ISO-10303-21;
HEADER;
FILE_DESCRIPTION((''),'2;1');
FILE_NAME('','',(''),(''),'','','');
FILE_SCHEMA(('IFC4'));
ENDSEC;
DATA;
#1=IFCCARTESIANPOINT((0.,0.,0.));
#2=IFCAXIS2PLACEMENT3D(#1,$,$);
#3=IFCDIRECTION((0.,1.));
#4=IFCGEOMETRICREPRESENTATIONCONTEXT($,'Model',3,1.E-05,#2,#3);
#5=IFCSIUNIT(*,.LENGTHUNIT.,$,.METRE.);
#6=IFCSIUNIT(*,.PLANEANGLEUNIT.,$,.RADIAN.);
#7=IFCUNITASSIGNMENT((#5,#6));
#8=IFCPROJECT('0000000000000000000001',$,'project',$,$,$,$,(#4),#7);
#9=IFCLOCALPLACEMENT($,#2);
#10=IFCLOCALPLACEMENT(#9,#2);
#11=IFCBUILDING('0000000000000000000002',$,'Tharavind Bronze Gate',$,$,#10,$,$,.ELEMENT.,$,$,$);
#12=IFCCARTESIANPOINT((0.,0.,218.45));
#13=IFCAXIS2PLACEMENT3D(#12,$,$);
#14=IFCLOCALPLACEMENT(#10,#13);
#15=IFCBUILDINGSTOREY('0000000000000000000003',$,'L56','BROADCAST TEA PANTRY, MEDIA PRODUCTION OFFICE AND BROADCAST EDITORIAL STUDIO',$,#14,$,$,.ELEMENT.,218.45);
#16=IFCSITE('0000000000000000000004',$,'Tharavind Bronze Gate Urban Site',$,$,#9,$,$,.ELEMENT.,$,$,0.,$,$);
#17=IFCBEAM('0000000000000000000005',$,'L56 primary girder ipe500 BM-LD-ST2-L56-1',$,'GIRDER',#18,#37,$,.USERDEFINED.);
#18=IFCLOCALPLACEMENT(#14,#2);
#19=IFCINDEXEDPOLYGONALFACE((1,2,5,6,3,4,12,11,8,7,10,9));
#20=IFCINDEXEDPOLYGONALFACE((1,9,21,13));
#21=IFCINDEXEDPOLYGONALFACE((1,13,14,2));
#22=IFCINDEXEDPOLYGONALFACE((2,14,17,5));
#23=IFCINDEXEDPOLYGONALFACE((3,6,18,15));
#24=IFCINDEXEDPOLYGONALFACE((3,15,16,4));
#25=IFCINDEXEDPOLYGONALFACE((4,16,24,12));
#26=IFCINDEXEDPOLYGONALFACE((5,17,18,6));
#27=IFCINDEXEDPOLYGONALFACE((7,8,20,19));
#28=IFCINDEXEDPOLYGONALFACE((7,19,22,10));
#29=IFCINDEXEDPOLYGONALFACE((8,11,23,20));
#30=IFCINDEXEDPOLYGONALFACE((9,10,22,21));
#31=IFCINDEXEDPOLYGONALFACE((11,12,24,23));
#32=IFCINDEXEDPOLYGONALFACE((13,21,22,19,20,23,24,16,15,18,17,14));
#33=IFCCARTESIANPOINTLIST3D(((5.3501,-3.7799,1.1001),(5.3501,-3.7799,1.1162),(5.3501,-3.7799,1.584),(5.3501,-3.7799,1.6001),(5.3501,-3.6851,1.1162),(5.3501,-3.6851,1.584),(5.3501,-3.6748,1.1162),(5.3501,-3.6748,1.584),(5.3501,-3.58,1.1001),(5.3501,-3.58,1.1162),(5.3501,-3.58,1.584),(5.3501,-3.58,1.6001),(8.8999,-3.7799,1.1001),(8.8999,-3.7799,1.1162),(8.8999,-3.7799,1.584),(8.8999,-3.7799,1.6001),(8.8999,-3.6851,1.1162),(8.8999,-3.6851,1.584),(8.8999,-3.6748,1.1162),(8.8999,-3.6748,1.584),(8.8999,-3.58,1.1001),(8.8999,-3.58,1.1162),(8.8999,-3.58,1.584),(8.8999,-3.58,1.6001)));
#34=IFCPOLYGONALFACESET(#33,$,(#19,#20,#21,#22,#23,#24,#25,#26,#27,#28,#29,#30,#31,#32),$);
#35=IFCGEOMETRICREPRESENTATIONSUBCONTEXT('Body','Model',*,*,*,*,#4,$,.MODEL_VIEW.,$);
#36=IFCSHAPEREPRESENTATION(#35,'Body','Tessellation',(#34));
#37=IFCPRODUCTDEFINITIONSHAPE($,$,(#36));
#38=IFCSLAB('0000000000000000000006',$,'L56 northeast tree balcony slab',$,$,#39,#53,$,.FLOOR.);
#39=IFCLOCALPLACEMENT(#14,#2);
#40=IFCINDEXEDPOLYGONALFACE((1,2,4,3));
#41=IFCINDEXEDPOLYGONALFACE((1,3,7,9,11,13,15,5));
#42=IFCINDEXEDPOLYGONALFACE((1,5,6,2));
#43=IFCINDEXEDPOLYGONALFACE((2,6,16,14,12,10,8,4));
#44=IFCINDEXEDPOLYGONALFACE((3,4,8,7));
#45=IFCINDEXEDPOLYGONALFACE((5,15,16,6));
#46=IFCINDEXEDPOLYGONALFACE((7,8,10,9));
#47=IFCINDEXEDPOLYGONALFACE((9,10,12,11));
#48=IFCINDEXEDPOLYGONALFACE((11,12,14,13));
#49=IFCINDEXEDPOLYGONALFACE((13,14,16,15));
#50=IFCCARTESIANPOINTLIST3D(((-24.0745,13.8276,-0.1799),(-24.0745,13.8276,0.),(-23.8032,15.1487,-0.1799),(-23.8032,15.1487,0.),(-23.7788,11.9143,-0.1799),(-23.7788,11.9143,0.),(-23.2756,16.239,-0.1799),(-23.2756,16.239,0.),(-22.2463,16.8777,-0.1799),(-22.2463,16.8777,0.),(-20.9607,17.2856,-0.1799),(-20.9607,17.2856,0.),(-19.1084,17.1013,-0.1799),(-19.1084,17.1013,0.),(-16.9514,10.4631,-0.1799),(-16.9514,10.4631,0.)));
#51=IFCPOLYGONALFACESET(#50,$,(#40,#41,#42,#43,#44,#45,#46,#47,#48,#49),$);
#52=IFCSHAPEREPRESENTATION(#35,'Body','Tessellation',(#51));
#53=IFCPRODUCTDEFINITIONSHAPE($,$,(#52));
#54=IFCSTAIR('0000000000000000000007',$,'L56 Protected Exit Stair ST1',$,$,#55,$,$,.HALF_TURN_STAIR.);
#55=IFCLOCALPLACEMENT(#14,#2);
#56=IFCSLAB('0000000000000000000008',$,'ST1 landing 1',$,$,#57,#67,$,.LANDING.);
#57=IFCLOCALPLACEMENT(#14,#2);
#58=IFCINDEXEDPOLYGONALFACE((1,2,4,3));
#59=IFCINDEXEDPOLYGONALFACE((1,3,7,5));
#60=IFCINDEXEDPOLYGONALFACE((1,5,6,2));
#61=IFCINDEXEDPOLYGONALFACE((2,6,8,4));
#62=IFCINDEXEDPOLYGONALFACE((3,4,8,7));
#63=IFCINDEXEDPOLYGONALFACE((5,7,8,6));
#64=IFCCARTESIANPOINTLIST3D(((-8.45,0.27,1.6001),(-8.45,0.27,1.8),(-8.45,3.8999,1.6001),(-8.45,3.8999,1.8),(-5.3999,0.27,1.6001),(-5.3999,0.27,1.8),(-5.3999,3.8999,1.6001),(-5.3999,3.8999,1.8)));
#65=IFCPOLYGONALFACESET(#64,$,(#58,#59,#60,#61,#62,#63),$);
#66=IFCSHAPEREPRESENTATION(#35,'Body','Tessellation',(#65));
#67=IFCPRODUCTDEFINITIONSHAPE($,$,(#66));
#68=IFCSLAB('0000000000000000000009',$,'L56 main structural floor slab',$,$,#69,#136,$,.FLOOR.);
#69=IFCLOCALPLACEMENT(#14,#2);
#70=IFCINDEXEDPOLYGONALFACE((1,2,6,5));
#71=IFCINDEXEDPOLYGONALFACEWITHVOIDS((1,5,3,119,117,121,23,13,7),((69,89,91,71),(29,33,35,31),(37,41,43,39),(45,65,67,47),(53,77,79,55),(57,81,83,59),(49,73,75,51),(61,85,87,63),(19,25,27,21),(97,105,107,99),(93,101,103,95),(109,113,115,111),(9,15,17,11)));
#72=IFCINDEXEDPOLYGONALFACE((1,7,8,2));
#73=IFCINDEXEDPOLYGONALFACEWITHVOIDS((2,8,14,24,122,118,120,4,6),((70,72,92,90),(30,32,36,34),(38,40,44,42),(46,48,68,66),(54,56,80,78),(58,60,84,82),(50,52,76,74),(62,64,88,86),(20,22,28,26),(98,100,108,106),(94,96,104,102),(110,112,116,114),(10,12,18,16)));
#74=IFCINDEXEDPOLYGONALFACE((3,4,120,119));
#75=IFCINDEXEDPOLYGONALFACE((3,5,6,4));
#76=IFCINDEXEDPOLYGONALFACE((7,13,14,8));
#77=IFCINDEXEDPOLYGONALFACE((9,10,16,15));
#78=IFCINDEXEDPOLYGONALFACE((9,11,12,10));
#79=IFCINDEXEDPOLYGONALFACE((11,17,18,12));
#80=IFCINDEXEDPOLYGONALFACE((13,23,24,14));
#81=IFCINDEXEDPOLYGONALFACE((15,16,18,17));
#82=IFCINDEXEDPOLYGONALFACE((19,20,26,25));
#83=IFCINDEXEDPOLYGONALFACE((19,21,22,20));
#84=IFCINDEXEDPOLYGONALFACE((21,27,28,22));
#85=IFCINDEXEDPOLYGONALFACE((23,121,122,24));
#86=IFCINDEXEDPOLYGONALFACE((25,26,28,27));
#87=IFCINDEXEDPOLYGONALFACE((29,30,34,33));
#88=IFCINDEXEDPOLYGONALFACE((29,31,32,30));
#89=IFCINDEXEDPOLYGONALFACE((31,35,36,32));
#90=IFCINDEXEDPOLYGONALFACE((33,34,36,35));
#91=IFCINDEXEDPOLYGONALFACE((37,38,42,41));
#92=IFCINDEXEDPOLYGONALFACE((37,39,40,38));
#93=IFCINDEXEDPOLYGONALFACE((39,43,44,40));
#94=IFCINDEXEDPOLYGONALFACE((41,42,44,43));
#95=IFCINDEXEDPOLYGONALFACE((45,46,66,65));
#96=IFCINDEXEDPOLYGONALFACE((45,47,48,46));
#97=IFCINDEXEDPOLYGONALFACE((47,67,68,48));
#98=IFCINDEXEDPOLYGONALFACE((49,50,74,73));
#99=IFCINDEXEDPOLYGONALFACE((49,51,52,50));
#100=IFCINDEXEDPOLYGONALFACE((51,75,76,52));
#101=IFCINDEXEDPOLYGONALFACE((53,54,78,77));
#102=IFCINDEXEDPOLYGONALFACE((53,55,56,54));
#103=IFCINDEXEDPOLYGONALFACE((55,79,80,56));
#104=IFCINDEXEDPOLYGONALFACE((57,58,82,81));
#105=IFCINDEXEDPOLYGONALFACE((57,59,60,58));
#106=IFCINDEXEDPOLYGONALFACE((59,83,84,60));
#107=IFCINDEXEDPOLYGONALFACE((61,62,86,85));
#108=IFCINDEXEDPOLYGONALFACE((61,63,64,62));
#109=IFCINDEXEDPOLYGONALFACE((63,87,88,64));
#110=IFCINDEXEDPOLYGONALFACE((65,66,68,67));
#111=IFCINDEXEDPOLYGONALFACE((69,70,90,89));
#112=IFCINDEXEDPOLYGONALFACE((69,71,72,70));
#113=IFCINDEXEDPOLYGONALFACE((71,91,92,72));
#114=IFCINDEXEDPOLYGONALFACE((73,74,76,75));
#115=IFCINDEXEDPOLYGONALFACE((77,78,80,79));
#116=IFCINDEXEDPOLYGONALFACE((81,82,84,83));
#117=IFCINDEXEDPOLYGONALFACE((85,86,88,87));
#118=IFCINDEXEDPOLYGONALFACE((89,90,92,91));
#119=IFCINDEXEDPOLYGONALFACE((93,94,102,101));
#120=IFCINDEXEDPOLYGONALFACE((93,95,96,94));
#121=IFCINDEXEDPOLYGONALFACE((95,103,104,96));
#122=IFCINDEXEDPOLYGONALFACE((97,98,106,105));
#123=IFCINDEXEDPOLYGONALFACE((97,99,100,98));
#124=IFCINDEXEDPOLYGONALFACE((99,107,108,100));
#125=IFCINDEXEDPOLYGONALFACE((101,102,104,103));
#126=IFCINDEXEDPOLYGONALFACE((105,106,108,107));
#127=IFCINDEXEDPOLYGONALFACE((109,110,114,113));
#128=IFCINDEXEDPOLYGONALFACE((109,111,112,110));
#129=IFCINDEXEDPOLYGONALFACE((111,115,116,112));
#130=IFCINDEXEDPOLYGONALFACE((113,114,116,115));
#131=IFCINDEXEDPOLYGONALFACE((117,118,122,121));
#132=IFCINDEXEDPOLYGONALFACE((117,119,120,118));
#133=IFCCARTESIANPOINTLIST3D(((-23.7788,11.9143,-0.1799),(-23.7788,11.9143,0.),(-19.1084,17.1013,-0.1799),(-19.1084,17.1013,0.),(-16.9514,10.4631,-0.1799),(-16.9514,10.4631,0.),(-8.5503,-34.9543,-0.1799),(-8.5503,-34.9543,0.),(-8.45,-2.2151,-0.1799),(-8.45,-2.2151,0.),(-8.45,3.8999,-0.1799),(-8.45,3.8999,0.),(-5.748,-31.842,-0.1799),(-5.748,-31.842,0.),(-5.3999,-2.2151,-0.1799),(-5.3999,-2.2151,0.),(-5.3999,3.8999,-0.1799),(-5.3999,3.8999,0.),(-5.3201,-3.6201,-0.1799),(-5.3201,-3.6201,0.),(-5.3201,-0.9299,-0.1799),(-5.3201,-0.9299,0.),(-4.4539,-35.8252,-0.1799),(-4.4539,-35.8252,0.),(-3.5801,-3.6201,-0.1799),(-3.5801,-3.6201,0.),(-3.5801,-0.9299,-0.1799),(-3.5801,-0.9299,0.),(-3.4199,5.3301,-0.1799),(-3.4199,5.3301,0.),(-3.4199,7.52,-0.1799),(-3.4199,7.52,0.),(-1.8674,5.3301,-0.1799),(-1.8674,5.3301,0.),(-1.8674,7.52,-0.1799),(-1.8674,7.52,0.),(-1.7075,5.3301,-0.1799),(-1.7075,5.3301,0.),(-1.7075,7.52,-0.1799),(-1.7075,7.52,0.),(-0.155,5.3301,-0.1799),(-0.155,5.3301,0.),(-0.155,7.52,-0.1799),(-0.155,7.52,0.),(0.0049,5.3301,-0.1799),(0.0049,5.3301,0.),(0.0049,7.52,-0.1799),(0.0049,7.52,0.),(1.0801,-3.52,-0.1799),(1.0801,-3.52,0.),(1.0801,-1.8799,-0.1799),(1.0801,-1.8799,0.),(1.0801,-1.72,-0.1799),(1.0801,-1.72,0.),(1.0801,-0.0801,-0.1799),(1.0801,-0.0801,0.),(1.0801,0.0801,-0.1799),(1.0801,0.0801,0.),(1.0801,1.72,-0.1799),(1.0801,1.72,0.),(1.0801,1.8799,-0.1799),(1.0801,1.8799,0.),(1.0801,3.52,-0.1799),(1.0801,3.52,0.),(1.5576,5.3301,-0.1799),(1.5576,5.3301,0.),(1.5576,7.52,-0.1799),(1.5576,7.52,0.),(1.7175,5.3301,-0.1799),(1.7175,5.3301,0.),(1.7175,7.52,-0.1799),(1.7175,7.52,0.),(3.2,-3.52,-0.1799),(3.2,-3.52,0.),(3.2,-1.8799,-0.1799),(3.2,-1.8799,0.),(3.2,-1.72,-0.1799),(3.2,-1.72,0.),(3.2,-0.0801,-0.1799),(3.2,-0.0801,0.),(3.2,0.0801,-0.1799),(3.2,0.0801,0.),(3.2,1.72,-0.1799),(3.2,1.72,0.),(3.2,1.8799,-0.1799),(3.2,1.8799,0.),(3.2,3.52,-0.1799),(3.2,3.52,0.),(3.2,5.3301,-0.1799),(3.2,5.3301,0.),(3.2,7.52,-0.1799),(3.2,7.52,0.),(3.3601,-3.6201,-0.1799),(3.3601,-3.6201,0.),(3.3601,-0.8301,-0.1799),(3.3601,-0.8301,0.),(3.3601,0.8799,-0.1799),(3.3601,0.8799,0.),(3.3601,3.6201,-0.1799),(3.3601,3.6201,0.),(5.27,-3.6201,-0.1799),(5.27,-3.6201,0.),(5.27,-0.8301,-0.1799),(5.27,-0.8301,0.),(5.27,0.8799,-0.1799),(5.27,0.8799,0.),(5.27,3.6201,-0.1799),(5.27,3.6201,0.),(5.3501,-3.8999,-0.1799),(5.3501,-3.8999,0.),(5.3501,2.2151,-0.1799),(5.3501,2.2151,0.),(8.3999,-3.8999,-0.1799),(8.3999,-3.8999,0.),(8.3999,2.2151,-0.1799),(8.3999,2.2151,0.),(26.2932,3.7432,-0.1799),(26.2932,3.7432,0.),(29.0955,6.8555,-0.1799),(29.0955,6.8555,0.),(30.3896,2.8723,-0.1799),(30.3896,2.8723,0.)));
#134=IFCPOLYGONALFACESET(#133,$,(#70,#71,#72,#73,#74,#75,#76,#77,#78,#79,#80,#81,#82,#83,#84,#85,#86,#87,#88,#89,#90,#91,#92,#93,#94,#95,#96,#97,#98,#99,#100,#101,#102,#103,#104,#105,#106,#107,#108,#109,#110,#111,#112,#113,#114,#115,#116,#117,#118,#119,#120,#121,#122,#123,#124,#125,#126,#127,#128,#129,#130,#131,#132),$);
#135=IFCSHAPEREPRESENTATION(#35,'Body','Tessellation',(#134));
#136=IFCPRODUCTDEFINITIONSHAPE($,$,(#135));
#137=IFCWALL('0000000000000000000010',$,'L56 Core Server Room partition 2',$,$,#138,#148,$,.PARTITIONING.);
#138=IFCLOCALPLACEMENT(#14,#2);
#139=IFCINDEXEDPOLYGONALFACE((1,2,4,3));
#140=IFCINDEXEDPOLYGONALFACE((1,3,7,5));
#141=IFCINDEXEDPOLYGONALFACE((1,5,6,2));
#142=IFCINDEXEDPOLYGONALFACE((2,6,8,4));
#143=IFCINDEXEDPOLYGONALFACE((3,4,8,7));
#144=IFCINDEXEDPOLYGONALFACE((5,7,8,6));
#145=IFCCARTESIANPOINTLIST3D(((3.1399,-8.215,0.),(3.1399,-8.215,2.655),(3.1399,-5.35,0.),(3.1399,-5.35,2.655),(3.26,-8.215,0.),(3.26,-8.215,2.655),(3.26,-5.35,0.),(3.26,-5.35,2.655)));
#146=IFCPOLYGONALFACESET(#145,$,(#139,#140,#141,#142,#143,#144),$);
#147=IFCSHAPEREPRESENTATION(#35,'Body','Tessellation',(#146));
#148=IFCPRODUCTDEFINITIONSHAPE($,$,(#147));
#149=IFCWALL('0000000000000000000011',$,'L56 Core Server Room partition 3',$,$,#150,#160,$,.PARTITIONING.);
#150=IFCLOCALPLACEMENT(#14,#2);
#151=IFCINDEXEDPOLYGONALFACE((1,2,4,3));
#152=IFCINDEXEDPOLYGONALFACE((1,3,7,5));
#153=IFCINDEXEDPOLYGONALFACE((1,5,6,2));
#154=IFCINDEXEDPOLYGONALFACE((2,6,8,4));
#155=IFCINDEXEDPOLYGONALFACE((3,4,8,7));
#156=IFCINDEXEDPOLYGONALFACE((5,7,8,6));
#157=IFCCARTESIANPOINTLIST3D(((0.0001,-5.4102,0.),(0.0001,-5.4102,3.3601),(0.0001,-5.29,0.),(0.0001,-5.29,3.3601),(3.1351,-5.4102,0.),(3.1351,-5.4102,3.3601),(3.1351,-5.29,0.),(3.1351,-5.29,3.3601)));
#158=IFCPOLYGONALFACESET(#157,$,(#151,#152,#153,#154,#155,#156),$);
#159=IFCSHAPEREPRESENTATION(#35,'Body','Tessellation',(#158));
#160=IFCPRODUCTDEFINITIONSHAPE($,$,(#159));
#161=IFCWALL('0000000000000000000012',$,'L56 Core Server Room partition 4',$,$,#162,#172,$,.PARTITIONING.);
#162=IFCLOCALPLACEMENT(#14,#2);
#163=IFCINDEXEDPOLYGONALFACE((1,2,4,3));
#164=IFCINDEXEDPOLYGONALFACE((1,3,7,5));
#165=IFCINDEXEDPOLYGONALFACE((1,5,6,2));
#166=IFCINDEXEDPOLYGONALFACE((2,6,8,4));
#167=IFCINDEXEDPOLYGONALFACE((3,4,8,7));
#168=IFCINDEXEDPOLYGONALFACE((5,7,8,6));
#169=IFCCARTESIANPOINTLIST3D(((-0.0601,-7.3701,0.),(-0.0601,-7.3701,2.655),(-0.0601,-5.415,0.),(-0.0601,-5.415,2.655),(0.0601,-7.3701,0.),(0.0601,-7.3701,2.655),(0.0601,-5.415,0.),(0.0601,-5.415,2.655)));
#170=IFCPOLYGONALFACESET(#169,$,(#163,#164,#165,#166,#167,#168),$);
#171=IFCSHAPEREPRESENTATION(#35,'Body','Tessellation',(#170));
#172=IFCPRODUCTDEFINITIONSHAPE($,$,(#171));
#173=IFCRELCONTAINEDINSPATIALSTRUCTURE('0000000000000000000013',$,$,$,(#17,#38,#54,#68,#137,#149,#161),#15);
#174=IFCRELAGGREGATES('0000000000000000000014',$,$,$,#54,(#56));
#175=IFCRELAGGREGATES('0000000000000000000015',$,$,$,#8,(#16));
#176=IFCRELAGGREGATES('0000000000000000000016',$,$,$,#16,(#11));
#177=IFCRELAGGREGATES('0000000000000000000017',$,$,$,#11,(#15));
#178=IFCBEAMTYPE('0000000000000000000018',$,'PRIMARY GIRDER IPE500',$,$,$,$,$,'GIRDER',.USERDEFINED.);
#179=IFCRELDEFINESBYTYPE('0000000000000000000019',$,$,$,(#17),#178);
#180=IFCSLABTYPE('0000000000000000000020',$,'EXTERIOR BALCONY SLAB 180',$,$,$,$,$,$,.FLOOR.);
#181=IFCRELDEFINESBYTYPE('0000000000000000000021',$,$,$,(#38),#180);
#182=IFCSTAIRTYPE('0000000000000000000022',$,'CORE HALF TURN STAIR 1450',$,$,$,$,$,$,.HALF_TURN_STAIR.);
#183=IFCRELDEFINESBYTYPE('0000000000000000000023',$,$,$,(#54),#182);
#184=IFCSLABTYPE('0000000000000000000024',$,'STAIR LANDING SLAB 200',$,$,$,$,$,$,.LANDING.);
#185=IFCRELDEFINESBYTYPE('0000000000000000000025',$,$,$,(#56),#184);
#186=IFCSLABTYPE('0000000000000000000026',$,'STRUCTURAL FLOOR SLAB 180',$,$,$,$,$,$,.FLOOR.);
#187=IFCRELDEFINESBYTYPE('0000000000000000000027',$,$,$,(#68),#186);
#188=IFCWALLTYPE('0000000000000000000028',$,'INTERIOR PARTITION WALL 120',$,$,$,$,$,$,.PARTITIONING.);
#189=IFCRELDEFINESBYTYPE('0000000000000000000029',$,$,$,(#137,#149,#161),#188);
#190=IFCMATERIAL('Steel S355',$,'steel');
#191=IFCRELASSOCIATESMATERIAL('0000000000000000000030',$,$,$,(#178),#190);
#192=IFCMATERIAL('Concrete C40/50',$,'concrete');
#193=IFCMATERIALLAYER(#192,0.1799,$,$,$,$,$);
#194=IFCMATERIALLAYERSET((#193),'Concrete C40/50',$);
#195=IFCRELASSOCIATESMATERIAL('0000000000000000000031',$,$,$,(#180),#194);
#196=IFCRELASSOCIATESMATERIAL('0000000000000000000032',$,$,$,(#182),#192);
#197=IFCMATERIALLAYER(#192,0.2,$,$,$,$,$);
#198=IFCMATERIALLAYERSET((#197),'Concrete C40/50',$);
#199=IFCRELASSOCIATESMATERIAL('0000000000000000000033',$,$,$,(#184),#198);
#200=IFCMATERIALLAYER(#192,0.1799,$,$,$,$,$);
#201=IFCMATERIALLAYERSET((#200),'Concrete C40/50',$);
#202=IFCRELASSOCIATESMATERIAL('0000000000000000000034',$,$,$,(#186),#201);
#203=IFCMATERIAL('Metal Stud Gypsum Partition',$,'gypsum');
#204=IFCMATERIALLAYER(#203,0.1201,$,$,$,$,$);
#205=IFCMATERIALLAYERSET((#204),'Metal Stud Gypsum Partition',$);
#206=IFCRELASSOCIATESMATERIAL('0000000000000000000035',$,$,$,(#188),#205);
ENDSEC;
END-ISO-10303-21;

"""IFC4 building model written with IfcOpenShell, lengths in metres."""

from ifc_helpers import new_model, si_unit, direction, frame, frame_2d, origin, origin_2d, place, context, subcontext, project, spatial, polyline, rectangle, i_section, outline, extrude, material, layer, layer_set, material_profile, profile_set, type_object, element, aggregate, save


model = new_model("IFC4")

# Units and contexts
model_context = context("Model", 3, precision=1e-05, world=origin(), true_north=direction((0.0, 1.0)))
body_context = subcontext(model_context, "Body", "Model", "MODEL_VIEW")
ifc_project = project(units=[si_unit("LENGTHUNIT", "METRE"), si_unit("PLANEANGLEUNIT", "RADIAN")], contexts=[model_context])

# Site, building, storey
site_placement = place(None, origin())
site = spatial("IfcSite", under=ifc_project, at=site_placement, Name="Tharavind Bronze Gate Urban Site", CompositionType="ELEMENT", RefElevation=0.0)
building_placement = place(site_placement, origin())
building = spatial("IfcBuilding", under=site, at=building_placement, Name="Tharavind Bronze Gate", CompositionType="ELEMENT")
storey_placement = place(building_placement, frame((0.0, 0.0, 218.45)))
storey = spatial("IfcBuildingStorey", under=building, at=storey_placement, Name="L56", Description="BROADCAST TEA PANTRY, MEDIA PRODUCTION OFFICE AND BROADCAST EDITORIAL STUDIO", CompositionType="ELEMENT", Elevation=218.45)

# Beam
ifc_material_1 = material(Name="Steel S355", Category="steel")
ifc_material_profile = material_profile(ifc_material_1, i_section(OverallWidth=0.2, OverallDepth=0.5, WebThickness=0.0103, FlangeThickness=0.0161, at=origin_2d()), Name="IPE500")
ifc_profile_set = profile_set([ifc_material_profile], Name="Steel S355")
beam_type = type_object("IfcBeamType", Name="PRIMARY GIRDER IPE500", ElementType="GIRDER", PredefinedType="USERDEFINED", material=ifc_profile_set)
beam_placement = place(storey_placement, frame((5.3501, -3.6799, 1.3501), z_axis=(1.0, 0.0, 0.0), x_axis=(0.0, 1.0, 0.0)))
element("IfcBeam", 1, at=beam_placement, inside=storey, type_object=beam_type, Name="L56 primary girder ipe500 BM-LD-ST2-L56-1", ObjectType="GIRDER", PredefinedType="USERDEFINED", context=body_context, shape_type="SweptSolid", body=[
    extrude(i_section(OverallWidth=0.2, OverallDepth=0.5, WebThickness=0.0103, FlangeThickness=0.0161, at=origin_2d()), origin(), (0.0, 0.0, 1.0), 3.5498),
])

# Slab
ifc_material_2 = material(Name="Concrete C40/50", Category="concrete")
ifc_layer_1 = layer(ifc_material_2, 0.1799)
ifc_layer_set_1 = layer_set([ifc_layer_1], Name="Concrete C40/50")
slab_type_1 = type_object("IfcSlabType", Name="EXTERIOR BALCONY SLAB 180", PredefinedType="FLOOR", material=ifc_layer_set_1)
slab_1_placement = place(storey_placement, frame((0.0, 0.0, -0.1799)))
element("IfcSlab", 2, at=slab_1_placement, inside=storey, type_object=slab_type_1, Name="L56 northeast tree balcony slab", PredefinedType="FLOOR", context=body_context, shape_type="SweptSolid", body=[
    extrude(outline(polyline([(-20.9607, 17.2856), (-22.2463, 16.8777), (-23.2756, 16.239), (-23.8032, 15.1487), (-24.0745, 13.8276), (-23.7788, 11.9143), (-16.9514, 10.4631), (-19.1084, 17.1013), (-20.9607, 17.2856)])), origin(), (0.0, 0.0, 1.0), 0.1799),
])

# Stair, slab
stair_type = type_object("IfcStairType", Name="CORE HALF TURN STAIR 1450", PredefinedType="HALF_TURN_STAIR", material=ifc_material_2)
stair_placement = place(storey_placement, origin())
stair = element("IfcStair", 3, at=stair_placement, inside=storey, type_object=stair_type, Name="L56 Protected Exit Stair ST1", PredefinedType="HALF_TURN_STAIR")
ifc_layer_2 = layer(ifc_material_2, 0.2)
ifc_layer_set_2 = layer_set([ifc_layer_2], Name="Concrete C40/50")
slab_type_2 = type_object("IfcSlabType", Name="STAIR LANDING SLAB 200", PredefinedType="LANDING", material=ifc_layer_set_2)
slab_2_placement = place(storey_placement, frame((0.0, 0.0, 1.6001)))
slab_2 = element("IfcSlab", 4, at=slab_2_placement, type_object=slab_type_2, Name="ST1 landing 1", PredefinedType="LANDING", context=body_context, shape_type="SweptSolid", body=[
    extrude(outline(polyline([(-5.3999, 0.27), (-5.3999, 3.8999), (-8.45, 3.8999), (-8.45, 0.27), (-5.3999, 0.27)])), origin(), (0.0, 0.0, 1.0), 0.2),
])
aggregate(stair, [slab_2])

# Slab
ifc_layer_3 = layer(ifc_material_2, 0.1799)
ifc_layer_set_3 = layer_set([ifc_layer_3], Name="Concrete C40/50")
slab_type_3 = type_object("IfcSlabType", Name="STRUCTURAL FLOOR SLAB 180", PredefinedType="FLOOR", material=ifc_layer_set_3)
slab_3_placement = place(storey_placement, frame((0.0, 0.0, -0.1799)))
element("IfcSlab", 5, at=slab_3_placement, inside=storey, type_object=slab_type_3, Name="L56 main structural floor slab", PredefinedType="FLOOR", context=body_context, shape_type="SweptSolid", body=[
    extrude(outline(polyline([(-19.1084, 17.1013), (-16.9514, 10.4631), (-23.7788, 11.9143), (-8.5503, -34.9543), (-5.748, -31.842), (-4.4539, -35.8252), (30.3896, 2.8723), (26.2932, 3.7432), (29.0955, 6.8555), (-19.1084, 17.1013)]), holes=[polyline([(-5.3999, -2.2151), (-5.3999, 3.8999), (-8.45, 3.8999), (-8.45, -2.2151), (-5.3999, -2.2151)]), polyline([(5.3501, 2.2151), (5.3501, -3.8999), (8.3999, -3.8999), (8.3999, 2.2151), (5.3501, 2.2151)]), polyline([(-3.4199, 5.3301), (-1.8674, 5.3301), (-1.8674, 7.52), (-3.4199, 7.52), (-3.4199, 5.3301)]), polyline([(-1.7075, 5.3301), (-0.155, 5.3301), (-0.155, 7.52), (-1.7075, 7.52), (-1.7075, 5.3301)]), polyline([(0.0049, 5.3301), (1.5576, 5.3301), (1.5576, 7.52), (0.0049, 7.52), (0.0049, 5.3301)]), polyline([(1.7175, 5.3301), (3.2, 5.3301), (3.2, 7.52), (1.7175, 7.52), (1.7175, 5.3301)]), polyline([(1.0801, -3.52), (3.2, -3.52), (3.2, -1.8799), (1.0801, -1.8799), (1.0801, -3.52)]), polyline([(1.0801, -1.72), (3.2, -1.72), (3.2, -0.0801), (1.0801, -0.0801), (1.0801, -1.72)]), polyline([(1.0801, 0.0801), (3.2, 0.0801), (3.2, 1.72), (1.0801, 1.72), (1.0801, 0.0801)]), polyline([(1.0801, 1.8799), (3.2, 1.8799), (3.2, 3.52), (1.0801, 3.52), (1.0801, 1.8799)]), polyline([(-5.3201, -3.6201), (-3.5801, -3.6201), (-3.5801, -0.9299), (-5.3201, -0.9299), (-5.3201, -3.6201)]), polyline([(3.3601, 0.8799), (5.27, 0.8799), (5.27, 3.6201), (3.3601, 3.6201), (3.3601, 0.8799)]), polyline([(3.3601, -3.6201), (5.27, -3.6201), (5.27, -0.8301), (3.3601, -0.8301), (3.3601, -3.6201)])]), origin(), (0.0, 0.0, 1.0), 0.1799),
])

# Walls
ifc_material_3 = material(Name="Metal Stud Gypsum Partition", Category="gypsum")
ifc_layer_4 = layer(ifc_material_3, 0.1201)
ifc_layer_set_4 = layer_set([ifc_layer_4], Name="Metal Stud Gypsum Partition")
wall_type_1 = type_object("IfcWallType", Name="INTERIOR PARTITION WALL 120", PredefinedType="PARTITIONING", material=ifc_layer_set_4)
wall_1_placement = place(storey_placement, frame((3.2, -8.2151, 0.0), z_axis=(0.0, 0.0, 1.0), x_axis=(0.0, 1.0, 0.0)))
element("IfcWall", 6, at=wall_1_placement, inside=storey, type_object=wall_type_1, Name="L56 Core Server Room partition 2", PredefinedType="PARTITIONING", context=body_context, shape_type="SweptSolid", body=[
    extrude(rectangle(XDim=2.865, YDim=0.1201, at=frame_2d((1.4326, 0.0))), origin(), (0.0, 0.0, 1.0), 2.655),
])
wall_2_placement = place(storey_placement, frame((3.135, -5.3501, 0.0), z_axis=(0.0, 0.0, 1.0), x_axis=(-1.0, 0.0, 0.0)))
element("IfcWall", 7, at=wall_2_placement, inside=storey, type_object=wall_type_1, Name="L56 Core Server Room partition 3", PredefinedType="PARTITIONING", context=body_context, shape_type="SweptSolid", body=[
    extrude(rectangle(XDim=3.135, YDim=0.1201, at=frame_2d((1.5674, 0.0))), origin(), (0.0, 0.0, 1.0), 3.3601),
])
wall_3_placement = place(storey_placement, frame((0.0, -5.415, 0.0), z_axis=(0.0, 0.0, 1.0), x_axis=(0.0, -1.0, 0.0)))
element("IfcWall", 8, at=wall_3_placement, inside=storey, type_object=wall_type_1, Name="L56 Core Server Room partition 4", PredefinedType="PARTITIONING", context=body_context, shape_type="SweptSolid", body=[
    extrude(rectangle(XDim=1.9551, YDim=0.1201, at=frame_2d((0.9775, 0.0))), origin(), (0.0, 0.0, 1.0), 2.655),
])

save(model, "model.ifc")
